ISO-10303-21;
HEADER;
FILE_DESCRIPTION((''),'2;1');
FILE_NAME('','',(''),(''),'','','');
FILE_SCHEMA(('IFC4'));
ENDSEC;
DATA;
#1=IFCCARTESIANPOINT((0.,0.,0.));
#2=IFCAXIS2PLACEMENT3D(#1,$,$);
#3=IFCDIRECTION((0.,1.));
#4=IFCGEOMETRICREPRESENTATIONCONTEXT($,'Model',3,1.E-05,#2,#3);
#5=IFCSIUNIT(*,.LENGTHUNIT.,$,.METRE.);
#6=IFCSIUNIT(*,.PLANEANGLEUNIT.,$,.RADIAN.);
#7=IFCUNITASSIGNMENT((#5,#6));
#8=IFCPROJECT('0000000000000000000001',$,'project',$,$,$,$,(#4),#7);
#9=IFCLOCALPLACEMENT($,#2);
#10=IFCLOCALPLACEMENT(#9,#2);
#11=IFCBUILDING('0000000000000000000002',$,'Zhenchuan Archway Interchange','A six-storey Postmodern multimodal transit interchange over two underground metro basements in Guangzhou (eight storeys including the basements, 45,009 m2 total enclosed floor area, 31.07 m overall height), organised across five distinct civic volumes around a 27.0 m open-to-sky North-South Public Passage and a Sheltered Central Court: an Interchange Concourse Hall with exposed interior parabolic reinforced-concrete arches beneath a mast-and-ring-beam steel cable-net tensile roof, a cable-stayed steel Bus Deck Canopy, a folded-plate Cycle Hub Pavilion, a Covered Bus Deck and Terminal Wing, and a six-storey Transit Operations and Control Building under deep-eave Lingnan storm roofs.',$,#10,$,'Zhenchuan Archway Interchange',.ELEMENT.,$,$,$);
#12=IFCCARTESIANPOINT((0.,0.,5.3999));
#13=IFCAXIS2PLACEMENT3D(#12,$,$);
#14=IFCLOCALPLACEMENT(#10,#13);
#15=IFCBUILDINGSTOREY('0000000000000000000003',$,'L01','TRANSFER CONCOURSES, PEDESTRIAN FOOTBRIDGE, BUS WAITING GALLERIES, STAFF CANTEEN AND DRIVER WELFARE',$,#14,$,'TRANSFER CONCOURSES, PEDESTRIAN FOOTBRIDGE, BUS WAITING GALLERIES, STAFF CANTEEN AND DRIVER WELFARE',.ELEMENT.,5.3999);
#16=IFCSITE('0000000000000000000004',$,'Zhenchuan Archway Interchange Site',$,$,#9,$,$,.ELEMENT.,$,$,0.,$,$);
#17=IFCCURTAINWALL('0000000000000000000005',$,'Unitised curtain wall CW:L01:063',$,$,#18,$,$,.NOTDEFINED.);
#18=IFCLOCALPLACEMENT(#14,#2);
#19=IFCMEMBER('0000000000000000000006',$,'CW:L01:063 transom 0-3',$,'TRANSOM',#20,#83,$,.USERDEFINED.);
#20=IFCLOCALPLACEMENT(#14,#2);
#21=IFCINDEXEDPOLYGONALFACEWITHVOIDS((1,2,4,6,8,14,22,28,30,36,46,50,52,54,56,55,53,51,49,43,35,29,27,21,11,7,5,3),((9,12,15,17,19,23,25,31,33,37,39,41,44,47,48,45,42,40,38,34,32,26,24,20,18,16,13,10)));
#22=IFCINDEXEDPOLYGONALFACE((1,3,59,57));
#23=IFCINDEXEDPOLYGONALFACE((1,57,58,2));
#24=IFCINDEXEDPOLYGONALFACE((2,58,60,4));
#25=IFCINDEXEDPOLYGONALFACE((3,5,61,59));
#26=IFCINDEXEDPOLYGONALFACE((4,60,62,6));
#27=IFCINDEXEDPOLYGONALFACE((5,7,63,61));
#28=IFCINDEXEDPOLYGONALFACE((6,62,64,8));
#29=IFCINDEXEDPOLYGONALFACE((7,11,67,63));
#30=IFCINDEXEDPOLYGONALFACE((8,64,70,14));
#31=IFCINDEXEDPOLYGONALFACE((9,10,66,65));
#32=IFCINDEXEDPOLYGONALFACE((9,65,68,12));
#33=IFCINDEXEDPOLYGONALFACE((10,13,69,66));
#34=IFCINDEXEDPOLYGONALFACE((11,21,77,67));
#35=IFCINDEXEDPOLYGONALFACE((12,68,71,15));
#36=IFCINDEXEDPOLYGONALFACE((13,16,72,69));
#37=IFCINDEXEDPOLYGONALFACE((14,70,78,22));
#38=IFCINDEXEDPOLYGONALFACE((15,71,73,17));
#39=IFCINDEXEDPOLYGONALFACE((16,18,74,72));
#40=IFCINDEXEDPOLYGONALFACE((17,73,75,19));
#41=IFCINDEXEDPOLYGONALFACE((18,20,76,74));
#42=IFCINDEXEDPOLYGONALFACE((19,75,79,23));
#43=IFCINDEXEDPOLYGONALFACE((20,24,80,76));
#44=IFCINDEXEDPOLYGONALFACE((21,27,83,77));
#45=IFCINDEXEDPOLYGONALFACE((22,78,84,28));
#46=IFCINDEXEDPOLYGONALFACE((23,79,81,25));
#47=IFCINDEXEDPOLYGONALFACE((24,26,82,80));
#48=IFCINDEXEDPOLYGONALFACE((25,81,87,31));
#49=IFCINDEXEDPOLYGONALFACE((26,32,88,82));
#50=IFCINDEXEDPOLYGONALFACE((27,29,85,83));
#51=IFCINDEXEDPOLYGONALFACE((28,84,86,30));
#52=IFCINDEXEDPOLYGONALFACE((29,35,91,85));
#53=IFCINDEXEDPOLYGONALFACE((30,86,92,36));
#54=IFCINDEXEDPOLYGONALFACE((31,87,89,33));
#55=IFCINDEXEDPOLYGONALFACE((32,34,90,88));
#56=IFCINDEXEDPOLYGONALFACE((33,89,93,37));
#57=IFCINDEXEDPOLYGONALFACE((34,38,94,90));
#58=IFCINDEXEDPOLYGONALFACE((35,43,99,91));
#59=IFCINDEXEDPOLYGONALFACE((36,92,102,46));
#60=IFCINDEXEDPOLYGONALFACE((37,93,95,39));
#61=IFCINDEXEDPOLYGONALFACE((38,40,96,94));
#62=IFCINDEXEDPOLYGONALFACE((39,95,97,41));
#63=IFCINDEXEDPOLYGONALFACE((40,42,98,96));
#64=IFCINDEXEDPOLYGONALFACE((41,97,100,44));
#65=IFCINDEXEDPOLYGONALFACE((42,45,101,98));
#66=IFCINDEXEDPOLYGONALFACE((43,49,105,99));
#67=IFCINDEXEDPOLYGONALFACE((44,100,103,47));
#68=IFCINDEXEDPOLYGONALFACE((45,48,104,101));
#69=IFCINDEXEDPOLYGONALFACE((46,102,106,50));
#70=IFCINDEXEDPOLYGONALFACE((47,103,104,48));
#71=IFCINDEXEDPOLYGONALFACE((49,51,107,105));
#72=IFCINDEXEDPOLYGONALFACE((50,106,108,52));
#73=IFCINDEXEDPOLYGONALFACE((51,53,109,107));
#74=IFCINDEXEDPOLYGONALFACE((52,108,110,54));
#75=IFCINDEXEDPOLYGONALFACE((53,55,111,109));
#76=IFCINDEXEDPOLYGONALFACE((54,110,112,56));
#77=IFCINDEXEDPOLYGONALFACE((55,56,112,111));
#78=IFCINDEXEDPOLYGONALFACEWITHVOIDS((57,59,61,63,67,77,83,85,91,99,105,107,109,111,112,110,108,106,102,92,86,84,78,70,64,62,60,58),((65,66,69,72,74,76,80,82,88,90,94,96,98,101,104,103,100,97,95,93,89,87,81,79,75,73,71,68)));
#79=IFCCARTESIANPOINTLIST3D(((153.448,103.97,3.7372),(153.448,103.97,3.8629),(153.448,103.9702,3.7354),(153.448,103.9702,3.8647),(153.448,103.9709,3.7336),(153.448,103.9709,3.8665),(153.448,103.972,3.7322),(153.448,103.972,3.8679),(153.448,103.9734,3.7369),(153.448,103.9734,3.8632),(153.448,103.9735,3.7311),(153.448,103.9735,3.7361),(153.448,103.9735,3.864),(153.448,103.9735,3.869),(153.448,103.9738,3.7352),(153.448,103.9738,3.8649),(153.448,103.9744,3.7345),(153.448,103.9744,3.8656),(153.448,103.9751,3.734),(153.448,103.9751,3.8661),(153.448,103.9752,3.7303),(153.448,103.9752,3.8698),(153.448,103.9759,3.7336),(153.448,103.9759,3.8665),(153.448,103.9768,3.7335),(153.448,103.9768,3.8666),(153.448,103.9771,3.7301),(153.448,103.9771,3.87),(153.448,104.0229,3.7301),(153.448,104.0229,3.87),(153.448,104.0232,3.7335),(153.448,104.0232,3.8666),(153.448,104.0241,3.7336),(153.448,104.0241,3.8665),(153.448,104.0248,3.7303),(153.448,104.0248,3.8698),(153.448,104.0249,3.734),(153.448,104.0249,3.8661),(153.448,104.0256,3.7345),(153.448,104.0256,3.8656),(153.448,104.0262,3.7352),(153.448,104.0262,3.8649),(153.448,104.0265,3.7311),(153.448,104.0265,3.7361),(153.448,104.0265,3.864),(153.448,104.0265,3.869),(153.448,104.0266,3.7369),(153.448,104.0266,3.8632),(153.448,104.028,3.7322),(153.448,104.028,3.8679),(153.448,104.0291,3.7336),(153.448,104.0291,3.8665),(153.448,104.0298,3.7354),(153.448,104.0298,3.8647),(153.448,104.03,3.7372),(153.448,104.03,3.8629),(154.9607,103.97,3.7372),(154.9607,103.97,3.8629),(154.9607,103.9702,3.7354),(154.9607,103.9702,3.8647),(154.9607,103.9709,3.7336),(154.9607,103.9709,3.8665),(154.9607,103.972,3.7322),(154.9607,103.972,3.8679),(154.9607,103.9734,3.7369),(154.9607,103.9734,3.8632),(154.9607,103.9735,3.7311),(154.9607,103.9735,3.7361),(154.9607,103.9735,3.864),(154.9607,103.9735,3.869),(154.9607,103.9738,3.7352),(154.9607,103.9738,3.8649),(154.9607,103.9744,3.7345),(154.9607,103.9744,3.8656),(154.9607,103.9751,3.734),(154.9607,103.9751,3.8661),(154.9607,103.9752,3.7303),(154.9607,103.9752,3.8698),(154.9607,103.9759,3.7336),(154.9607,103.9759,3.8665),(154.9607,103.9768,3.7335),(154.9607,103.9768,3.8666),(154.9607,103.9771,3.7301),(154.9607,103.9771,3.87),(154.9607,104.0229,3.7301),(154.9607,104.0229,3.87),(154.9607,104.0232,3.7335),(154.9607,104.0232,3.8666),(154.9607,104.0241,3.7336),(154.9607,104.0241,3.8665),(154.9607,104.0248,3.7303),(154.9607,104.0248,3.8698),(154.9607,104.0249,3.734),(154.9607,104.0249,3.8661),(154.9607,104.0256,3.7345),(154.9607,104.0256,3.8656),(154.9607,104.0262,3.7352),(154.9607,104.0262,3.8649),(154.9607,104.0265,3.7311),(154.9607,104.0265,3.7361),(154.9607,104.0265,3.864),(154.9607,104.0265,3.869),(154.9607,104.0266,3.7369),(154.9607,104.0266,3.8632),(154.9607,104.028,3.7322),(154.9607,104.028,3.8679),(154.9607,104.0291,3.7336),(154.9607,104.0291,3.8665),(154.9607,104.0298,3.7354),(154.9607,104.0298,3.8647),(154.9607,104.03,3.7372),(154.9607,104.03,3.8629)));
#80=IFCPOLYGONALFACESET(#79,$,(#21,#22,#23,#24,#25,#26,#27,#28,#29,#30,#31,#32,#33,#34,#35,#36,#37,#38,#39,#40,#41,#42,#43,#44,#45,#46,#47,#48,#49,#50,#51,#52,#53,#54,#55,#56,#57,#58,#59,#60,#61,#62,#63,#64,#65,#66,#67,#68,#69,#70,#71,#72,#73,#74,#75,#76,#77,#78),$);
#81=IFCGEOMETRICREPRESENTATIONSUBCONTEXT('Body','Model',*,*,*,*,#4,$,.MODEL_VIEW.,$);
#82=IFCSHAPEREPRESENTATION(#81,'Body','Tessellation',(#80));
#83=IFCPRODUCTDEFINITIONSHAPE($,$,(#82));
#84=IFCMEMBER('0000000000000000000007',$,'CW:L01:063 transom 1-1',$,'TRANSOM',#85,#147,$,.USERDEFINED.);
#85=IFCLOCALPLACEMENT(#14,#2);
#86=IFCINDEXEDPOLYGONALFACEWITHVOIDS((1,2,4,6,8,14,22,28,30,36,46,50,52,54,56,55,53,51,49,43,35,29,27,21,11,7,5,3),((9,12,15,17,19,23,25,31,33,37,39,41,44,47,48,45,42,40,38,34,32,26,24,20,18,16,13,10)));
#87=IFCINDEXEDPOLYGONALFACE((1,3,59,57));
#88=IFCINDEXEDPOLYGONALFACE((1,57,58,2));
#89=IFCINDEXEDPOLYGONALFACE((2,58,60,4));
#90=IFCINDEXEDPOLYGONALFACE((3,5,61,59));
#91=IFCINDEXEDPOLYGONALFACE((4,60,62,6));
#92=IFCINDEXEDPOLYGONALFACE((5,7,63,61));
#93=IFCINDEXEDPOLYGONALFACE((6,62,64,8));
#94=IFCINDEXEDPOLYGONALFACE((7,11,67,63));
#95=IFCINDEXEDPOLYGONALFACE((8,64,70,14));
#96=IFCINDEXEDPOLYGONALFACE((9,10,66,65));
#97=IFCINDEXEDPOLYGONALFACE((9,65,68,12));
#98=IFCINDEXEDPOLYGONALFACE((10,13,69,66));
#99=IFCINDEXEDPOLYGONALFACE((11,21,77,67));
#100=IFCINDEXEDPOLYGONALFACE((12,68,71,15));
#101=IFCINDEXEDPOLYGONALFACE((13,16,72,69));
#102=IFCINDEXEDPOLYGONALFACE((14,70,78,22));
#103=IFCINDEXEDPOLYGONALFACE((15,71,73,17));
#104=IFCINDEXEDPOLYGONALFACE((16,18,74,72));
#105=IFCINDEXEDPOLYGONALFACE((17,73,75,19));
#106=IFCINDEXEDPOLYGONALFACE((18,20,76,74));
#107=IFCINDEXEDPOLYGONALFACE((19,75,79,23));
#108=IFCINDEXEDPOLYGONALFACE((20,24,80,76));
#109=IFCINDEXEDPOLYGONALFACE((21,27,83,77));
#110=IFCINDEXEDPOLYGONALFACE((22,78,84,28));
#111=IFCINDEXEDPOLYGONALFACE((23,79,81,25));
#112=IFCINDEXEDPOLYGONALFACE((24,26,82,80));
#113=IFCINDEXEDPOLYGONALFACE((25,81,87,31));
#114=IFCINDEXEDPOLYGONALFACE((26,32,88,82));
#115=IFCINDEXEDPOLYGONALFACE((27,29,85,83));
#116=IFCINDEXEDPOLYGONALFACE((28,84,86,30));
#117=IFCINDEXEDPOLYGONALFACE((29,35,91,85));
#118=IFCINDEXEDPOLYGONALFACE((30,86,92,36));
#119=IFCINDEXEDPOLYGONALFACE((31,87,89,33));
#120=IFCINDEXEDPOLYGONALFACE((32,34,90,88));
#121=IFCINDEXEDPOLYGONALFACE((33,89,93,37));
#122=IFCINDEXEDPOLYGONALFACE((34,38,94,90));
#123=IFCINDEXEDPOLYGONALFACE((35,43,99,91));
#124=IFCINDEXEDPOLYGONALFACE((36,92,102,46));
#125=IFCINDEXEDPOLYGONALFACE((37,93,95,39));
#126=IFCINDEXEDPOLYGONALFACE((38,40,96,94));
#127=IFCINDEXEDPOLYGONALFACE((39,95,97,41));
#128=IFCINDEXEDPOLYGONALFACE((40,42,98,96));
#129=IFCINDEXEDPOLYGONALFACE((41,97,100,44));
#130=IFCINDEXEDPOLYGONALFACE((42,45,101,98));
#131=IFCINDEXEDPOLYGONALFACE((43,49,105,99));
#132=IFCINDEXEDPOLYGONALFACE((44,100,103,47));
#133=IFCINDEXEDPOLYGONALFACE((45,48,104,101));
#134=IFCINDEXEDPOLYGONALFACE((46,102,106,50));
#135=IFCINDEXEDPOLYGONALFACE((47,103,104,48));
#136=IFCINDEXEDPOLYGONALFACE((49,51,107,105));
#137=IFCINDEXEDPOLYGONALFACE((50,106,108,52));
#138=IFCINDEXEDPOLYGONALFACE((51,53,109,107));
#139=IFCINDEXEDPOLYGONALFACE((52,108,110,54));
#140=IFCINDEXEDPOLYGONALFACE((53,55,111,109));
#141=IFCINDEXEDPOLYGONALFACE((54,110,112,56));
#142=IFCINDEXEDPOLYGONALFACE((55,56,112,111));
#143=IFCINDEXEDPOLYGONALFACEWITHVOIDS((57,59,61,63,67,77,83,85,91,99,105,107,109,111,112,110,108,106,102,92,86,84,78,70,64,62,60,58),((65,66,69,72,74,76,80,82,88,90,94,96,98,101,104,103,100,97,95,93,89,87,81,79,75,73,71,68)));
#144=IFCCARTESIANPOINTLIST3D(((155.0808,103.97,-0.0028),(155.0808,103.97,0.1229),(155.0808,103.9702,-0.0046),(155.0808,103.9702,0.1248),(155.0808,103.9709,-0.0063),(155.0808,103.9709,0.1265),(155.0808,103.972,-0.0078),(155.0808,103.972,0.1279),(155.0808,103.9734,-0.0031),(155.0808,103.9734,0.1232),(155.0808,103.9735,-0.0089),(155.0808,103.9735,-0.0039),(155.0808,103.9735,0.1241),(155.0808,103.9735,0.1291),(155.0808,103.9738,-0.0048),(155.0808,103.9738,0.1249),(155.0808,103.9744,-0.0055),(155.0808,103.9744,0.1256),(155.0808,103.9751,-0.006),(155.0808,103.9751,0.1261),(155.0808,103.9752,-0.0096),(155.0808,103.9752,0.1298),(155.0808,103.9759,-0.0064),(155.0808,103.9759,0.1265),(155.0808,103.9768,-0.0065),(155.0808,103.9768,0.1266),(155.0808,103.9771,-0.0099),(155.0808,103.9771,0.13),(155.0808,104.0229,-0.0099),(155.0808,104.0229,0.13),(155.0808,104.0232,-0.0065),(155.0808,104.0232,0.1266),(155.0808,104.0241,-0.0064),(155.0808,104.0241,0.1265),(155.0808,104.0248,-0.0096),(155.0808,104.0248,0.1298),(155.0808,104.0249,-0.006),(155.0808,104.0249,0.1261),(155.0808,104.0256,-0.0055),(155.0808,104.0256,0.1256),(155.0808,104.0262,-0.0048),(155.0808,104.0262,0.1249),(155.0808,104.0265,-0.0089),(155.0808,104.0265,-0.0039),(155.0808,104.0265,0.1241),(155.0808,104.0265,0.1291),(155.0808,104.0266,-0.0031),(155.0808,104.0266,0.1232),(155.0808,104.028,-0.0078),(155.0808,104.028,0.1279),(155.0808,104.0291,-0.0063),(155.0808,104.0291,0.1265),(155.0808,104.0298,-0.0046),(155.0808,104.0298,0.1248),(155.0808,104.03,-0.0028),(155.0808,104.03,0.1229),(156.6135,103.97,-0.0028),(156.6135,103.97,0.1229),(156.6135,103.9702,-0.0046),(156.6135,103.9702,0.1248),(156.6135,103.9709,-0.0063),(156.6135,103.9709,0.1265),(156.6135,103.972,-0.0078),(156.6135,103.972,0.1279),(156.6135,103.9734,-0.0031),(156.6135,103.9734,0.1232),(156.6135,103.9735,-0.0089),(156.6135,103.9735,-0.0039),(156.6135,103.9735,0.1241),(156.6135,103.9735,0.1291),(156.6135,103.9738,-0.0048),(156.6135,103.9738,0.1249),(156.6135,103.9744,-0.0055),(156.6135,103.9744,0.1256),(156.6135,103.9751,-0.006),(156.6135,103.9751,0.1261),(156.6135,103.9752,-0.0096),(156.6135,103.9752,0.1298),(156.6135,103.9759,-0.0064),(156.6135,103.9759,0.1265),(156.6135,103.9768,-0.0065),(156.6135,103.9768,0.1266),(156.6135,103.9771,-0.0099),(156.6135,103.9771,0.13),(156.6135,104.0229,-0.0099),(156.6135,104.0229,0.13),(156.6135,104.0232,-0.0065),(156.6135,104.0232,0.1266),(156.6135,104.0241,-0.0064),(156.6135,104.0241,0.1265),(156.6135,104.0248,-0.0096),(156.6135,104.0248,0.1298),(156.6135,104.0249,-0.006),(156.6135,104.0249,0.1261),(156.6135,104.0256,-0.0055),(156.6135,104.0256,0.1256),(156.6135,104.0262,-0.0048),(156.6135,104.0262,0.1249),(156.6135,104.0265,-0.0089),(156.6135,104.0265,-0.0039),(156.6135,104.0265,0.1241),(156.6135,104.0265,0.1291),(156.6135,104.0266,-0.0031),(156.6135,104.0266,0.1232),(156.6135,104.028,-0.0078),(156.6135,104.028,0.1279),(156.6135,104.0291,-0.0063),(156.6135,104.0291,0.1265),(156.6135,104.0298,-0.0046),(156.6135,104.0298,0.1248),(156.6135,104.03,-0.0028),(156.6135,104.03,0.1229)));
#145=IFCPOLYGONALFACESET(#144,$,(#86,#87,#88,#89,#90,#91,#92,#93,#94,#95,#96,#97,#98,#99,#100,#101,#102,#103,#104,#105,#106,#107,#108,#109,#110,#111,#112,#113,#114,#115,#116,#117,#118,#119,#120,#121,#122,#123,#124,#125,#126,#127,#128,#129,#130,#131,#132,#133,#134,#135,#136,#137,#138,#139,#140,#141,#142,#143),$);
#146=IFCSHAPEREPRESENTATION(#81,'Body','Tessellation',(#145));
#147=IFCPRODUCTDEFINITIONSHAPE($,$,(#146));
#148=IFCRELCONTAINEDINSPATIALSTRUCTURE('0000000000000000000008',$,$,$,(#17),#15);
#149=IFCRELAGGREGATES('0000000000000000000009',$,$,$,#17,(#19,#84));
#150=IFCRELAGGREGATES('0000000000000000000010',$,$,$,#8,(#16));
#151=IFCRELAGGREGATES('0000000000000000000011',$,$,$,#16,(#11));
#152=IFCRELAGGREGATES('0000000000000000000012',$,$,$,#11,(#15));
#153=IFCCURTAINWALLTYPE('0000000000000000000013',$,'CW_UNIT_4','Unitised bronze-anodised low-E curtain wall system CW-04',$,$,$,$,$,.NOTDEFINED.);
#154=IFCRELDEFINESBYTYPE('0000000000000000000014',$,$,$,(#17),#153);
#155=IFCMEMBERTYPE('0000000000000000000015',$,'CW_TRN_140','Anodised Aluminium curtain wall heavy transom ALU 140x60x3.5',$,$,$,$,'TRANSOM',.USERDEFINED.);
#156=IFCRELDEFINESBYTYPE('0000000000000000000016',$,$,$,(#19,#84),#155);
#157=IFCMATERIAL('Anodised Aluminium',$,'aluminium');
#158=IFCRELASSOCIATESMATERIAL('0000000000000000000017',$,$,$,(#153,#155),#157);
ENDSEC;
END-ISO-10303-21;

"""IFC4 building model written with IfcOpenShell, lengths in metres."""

from ifc_helpers import new_model, si_unit, direction, frame, origin, origin_2d, place, context, subcontext, project, spatial, hollow_rectangle, extrude, material, material_profile, profile_set, type_object, element, aggregate, save


model = new_model("IFC4")

# Units and contexts
model_context = context("Model", 3, precision=1e-05, world=origin(), true_north=direction((0.0, 1.0)))
body_context = subcontext(model_context, "Body", "Model", "MODEL_VIEW")
ifc_project = project(units=[si_unit("LENGTHUNIT", "METRE"), si_unit("PLANEANGLEUNIT", "RADIAN")], contexts=[model_context])

# Site, building, storey
site_placement = place(None, origin())
site = spatial("IfcSite", under=ifc_project, at=site_placement, Name="Zhenchuan Archway Interchange Site", CompositionType="ELEMENT", RefElevation=0.0)
building_placement = place(site_placement, origin())
building = spatial("IfcBuilding", under=site, at=building_placement, Name="Zhenchuan Archway Interchange", Description="A six-storey Postmodern multimodal transit interchange over two underground metro basements in Guangzhou (eight storeys including the basements, 45,009 m2 total enclosed floor area, 31.07 m overall height), organised across five distinct civic volumes around a 27.0 m open-to-sky North-South Public Passage and a Sheltered Central Court: an Interchange Concourse Hall with exposed interior parabolic reinforced-concrete arches beneath a mast-and-ring-beam steel cable-net tensile roof, a cable-stayed steel Bus Deck Canopy, a folded-plate Cycle Hub Pavilion, a Covered Bus Deck and Terminal Wing, and a six-storey Transit Operations and Control Building under deep-eave Lingnan storm roofs.", LongName="Zhenchuan Archway Interchange", CompositionType="ELEMENT")
storey_placement = place(building_placement, frame((0.0, 0.0, 5.3999)))
storey = spatial("IfcBuildingStorey", under=building, at=storey_placement, Name="L01", Description="TRANSFER CONCOURSES, PEDESTRIAN FOOTBRIDGE, BUS WAITING GALLERIES, STAFF CANTEEN AND DRIVER WELFARE", LongName="TRANSFER CONCOURSES, PEDESTRIAN FOOTBRIDGE, BUS WAITING GALLERIES, STAFF CANTEEN AND DRIVER WELFARE", CompositionType="ELEMENT", Elevation=5.3999)

# Curtain wall, members
ifc_material_1 = material(Name="Anodised Aluminium", Category="aluminium")
curtain_wall_type = type_object("IfcCurtainWallType", Name="CW_UNIT_4", Description="Unitised bronze-anodised low-E curtain wall system CW-04", PredefinedType="NOTDEFINED", material=ifc_material_1)
curtain_wall_placement = place(storey_placement, origin())
curtain_wall = element("IfcCurtainWall", 1, at=curtain_wall_placement, inside=storey, type_object=curtain_wall_type, Name="Unitised curtain wall CW:L01:063", PredefinedType="NOTDEFINED")
ifc_material_profile_1 = material_profile(ifc_material_1, hollow_rectangle(XDim=0.0601, YDim=0.1399, WallThickness=0.0034, InnerFilletRadius=0.0034, OuterFilletRadius=0.0071, at=origin_2d()), Name="ALU 140x60x3.5")
ifc_profile_set_1 = profile_set([ifc_material_profile_1], Name="Anodised Aluminium")
member_type_1 = type_object("IfcMemberType", Name="CW_TRN_140", Description="Anodised Aluminium curtain wall heavy transom ALU 140x60x3.5", ElementType="TRANSOM", PredefinedType="USERDEFINED", material=ifc_profile_set_1)
member_1_placement = place(storey_placement, frame((153.448, 104.0, 3.8), z_axis=(1.0, 0.0, 0.0), x_axis=(0.0, 1.0, 0.0)))
member_1 = element("IfcMember", 2, at=member_1_placement, type_object=member_type_1, Name="CW:L01:063 transom 0-3", ObjectType="TRANSOM", PredefinedType="USERDEFINED", context=body_context, shape_type="SweptSolid", body=[
    extrude(hollow_rectangle(XDim=0.0601, YDim=0.1399, WallThickness=0.0034, InnerFilletRadius=0.0034, OuterFilletRadius=0.0071, at=origin_2d()), origin(), (0.0, 0.0, 1.0), 1.5127),
])
member_2_placement = place(storey_placement, frame((155.0808, 104.0, 0.0601), z_axis=(1.0, 0.0, 0.0), x_axis=(0.0, 1.0, 0.0)))
member_2 = element("IfcMember", 3, at=member_2_placement, type_object=member_type_1, Name="CW:L01:063 transom 1-1", ObjectType="TRANSOM", PredefinedType="USERDEFINED", context=body_context, shape_type="SweptSolid", body=[
    extrude(hollow_rectangle(XDim=0.0601, YDim=0.1399, WallThickness=0.0034, InnerFilletRadius=0.0034, OuterFilletRadius=0.0071, at=origin_2d()), origin(), (0.0, 0.0, 1.0), 1.5327),
])
aggregate(curtain_wall, [member_1, member_2])

save(model, "model.ifc")
